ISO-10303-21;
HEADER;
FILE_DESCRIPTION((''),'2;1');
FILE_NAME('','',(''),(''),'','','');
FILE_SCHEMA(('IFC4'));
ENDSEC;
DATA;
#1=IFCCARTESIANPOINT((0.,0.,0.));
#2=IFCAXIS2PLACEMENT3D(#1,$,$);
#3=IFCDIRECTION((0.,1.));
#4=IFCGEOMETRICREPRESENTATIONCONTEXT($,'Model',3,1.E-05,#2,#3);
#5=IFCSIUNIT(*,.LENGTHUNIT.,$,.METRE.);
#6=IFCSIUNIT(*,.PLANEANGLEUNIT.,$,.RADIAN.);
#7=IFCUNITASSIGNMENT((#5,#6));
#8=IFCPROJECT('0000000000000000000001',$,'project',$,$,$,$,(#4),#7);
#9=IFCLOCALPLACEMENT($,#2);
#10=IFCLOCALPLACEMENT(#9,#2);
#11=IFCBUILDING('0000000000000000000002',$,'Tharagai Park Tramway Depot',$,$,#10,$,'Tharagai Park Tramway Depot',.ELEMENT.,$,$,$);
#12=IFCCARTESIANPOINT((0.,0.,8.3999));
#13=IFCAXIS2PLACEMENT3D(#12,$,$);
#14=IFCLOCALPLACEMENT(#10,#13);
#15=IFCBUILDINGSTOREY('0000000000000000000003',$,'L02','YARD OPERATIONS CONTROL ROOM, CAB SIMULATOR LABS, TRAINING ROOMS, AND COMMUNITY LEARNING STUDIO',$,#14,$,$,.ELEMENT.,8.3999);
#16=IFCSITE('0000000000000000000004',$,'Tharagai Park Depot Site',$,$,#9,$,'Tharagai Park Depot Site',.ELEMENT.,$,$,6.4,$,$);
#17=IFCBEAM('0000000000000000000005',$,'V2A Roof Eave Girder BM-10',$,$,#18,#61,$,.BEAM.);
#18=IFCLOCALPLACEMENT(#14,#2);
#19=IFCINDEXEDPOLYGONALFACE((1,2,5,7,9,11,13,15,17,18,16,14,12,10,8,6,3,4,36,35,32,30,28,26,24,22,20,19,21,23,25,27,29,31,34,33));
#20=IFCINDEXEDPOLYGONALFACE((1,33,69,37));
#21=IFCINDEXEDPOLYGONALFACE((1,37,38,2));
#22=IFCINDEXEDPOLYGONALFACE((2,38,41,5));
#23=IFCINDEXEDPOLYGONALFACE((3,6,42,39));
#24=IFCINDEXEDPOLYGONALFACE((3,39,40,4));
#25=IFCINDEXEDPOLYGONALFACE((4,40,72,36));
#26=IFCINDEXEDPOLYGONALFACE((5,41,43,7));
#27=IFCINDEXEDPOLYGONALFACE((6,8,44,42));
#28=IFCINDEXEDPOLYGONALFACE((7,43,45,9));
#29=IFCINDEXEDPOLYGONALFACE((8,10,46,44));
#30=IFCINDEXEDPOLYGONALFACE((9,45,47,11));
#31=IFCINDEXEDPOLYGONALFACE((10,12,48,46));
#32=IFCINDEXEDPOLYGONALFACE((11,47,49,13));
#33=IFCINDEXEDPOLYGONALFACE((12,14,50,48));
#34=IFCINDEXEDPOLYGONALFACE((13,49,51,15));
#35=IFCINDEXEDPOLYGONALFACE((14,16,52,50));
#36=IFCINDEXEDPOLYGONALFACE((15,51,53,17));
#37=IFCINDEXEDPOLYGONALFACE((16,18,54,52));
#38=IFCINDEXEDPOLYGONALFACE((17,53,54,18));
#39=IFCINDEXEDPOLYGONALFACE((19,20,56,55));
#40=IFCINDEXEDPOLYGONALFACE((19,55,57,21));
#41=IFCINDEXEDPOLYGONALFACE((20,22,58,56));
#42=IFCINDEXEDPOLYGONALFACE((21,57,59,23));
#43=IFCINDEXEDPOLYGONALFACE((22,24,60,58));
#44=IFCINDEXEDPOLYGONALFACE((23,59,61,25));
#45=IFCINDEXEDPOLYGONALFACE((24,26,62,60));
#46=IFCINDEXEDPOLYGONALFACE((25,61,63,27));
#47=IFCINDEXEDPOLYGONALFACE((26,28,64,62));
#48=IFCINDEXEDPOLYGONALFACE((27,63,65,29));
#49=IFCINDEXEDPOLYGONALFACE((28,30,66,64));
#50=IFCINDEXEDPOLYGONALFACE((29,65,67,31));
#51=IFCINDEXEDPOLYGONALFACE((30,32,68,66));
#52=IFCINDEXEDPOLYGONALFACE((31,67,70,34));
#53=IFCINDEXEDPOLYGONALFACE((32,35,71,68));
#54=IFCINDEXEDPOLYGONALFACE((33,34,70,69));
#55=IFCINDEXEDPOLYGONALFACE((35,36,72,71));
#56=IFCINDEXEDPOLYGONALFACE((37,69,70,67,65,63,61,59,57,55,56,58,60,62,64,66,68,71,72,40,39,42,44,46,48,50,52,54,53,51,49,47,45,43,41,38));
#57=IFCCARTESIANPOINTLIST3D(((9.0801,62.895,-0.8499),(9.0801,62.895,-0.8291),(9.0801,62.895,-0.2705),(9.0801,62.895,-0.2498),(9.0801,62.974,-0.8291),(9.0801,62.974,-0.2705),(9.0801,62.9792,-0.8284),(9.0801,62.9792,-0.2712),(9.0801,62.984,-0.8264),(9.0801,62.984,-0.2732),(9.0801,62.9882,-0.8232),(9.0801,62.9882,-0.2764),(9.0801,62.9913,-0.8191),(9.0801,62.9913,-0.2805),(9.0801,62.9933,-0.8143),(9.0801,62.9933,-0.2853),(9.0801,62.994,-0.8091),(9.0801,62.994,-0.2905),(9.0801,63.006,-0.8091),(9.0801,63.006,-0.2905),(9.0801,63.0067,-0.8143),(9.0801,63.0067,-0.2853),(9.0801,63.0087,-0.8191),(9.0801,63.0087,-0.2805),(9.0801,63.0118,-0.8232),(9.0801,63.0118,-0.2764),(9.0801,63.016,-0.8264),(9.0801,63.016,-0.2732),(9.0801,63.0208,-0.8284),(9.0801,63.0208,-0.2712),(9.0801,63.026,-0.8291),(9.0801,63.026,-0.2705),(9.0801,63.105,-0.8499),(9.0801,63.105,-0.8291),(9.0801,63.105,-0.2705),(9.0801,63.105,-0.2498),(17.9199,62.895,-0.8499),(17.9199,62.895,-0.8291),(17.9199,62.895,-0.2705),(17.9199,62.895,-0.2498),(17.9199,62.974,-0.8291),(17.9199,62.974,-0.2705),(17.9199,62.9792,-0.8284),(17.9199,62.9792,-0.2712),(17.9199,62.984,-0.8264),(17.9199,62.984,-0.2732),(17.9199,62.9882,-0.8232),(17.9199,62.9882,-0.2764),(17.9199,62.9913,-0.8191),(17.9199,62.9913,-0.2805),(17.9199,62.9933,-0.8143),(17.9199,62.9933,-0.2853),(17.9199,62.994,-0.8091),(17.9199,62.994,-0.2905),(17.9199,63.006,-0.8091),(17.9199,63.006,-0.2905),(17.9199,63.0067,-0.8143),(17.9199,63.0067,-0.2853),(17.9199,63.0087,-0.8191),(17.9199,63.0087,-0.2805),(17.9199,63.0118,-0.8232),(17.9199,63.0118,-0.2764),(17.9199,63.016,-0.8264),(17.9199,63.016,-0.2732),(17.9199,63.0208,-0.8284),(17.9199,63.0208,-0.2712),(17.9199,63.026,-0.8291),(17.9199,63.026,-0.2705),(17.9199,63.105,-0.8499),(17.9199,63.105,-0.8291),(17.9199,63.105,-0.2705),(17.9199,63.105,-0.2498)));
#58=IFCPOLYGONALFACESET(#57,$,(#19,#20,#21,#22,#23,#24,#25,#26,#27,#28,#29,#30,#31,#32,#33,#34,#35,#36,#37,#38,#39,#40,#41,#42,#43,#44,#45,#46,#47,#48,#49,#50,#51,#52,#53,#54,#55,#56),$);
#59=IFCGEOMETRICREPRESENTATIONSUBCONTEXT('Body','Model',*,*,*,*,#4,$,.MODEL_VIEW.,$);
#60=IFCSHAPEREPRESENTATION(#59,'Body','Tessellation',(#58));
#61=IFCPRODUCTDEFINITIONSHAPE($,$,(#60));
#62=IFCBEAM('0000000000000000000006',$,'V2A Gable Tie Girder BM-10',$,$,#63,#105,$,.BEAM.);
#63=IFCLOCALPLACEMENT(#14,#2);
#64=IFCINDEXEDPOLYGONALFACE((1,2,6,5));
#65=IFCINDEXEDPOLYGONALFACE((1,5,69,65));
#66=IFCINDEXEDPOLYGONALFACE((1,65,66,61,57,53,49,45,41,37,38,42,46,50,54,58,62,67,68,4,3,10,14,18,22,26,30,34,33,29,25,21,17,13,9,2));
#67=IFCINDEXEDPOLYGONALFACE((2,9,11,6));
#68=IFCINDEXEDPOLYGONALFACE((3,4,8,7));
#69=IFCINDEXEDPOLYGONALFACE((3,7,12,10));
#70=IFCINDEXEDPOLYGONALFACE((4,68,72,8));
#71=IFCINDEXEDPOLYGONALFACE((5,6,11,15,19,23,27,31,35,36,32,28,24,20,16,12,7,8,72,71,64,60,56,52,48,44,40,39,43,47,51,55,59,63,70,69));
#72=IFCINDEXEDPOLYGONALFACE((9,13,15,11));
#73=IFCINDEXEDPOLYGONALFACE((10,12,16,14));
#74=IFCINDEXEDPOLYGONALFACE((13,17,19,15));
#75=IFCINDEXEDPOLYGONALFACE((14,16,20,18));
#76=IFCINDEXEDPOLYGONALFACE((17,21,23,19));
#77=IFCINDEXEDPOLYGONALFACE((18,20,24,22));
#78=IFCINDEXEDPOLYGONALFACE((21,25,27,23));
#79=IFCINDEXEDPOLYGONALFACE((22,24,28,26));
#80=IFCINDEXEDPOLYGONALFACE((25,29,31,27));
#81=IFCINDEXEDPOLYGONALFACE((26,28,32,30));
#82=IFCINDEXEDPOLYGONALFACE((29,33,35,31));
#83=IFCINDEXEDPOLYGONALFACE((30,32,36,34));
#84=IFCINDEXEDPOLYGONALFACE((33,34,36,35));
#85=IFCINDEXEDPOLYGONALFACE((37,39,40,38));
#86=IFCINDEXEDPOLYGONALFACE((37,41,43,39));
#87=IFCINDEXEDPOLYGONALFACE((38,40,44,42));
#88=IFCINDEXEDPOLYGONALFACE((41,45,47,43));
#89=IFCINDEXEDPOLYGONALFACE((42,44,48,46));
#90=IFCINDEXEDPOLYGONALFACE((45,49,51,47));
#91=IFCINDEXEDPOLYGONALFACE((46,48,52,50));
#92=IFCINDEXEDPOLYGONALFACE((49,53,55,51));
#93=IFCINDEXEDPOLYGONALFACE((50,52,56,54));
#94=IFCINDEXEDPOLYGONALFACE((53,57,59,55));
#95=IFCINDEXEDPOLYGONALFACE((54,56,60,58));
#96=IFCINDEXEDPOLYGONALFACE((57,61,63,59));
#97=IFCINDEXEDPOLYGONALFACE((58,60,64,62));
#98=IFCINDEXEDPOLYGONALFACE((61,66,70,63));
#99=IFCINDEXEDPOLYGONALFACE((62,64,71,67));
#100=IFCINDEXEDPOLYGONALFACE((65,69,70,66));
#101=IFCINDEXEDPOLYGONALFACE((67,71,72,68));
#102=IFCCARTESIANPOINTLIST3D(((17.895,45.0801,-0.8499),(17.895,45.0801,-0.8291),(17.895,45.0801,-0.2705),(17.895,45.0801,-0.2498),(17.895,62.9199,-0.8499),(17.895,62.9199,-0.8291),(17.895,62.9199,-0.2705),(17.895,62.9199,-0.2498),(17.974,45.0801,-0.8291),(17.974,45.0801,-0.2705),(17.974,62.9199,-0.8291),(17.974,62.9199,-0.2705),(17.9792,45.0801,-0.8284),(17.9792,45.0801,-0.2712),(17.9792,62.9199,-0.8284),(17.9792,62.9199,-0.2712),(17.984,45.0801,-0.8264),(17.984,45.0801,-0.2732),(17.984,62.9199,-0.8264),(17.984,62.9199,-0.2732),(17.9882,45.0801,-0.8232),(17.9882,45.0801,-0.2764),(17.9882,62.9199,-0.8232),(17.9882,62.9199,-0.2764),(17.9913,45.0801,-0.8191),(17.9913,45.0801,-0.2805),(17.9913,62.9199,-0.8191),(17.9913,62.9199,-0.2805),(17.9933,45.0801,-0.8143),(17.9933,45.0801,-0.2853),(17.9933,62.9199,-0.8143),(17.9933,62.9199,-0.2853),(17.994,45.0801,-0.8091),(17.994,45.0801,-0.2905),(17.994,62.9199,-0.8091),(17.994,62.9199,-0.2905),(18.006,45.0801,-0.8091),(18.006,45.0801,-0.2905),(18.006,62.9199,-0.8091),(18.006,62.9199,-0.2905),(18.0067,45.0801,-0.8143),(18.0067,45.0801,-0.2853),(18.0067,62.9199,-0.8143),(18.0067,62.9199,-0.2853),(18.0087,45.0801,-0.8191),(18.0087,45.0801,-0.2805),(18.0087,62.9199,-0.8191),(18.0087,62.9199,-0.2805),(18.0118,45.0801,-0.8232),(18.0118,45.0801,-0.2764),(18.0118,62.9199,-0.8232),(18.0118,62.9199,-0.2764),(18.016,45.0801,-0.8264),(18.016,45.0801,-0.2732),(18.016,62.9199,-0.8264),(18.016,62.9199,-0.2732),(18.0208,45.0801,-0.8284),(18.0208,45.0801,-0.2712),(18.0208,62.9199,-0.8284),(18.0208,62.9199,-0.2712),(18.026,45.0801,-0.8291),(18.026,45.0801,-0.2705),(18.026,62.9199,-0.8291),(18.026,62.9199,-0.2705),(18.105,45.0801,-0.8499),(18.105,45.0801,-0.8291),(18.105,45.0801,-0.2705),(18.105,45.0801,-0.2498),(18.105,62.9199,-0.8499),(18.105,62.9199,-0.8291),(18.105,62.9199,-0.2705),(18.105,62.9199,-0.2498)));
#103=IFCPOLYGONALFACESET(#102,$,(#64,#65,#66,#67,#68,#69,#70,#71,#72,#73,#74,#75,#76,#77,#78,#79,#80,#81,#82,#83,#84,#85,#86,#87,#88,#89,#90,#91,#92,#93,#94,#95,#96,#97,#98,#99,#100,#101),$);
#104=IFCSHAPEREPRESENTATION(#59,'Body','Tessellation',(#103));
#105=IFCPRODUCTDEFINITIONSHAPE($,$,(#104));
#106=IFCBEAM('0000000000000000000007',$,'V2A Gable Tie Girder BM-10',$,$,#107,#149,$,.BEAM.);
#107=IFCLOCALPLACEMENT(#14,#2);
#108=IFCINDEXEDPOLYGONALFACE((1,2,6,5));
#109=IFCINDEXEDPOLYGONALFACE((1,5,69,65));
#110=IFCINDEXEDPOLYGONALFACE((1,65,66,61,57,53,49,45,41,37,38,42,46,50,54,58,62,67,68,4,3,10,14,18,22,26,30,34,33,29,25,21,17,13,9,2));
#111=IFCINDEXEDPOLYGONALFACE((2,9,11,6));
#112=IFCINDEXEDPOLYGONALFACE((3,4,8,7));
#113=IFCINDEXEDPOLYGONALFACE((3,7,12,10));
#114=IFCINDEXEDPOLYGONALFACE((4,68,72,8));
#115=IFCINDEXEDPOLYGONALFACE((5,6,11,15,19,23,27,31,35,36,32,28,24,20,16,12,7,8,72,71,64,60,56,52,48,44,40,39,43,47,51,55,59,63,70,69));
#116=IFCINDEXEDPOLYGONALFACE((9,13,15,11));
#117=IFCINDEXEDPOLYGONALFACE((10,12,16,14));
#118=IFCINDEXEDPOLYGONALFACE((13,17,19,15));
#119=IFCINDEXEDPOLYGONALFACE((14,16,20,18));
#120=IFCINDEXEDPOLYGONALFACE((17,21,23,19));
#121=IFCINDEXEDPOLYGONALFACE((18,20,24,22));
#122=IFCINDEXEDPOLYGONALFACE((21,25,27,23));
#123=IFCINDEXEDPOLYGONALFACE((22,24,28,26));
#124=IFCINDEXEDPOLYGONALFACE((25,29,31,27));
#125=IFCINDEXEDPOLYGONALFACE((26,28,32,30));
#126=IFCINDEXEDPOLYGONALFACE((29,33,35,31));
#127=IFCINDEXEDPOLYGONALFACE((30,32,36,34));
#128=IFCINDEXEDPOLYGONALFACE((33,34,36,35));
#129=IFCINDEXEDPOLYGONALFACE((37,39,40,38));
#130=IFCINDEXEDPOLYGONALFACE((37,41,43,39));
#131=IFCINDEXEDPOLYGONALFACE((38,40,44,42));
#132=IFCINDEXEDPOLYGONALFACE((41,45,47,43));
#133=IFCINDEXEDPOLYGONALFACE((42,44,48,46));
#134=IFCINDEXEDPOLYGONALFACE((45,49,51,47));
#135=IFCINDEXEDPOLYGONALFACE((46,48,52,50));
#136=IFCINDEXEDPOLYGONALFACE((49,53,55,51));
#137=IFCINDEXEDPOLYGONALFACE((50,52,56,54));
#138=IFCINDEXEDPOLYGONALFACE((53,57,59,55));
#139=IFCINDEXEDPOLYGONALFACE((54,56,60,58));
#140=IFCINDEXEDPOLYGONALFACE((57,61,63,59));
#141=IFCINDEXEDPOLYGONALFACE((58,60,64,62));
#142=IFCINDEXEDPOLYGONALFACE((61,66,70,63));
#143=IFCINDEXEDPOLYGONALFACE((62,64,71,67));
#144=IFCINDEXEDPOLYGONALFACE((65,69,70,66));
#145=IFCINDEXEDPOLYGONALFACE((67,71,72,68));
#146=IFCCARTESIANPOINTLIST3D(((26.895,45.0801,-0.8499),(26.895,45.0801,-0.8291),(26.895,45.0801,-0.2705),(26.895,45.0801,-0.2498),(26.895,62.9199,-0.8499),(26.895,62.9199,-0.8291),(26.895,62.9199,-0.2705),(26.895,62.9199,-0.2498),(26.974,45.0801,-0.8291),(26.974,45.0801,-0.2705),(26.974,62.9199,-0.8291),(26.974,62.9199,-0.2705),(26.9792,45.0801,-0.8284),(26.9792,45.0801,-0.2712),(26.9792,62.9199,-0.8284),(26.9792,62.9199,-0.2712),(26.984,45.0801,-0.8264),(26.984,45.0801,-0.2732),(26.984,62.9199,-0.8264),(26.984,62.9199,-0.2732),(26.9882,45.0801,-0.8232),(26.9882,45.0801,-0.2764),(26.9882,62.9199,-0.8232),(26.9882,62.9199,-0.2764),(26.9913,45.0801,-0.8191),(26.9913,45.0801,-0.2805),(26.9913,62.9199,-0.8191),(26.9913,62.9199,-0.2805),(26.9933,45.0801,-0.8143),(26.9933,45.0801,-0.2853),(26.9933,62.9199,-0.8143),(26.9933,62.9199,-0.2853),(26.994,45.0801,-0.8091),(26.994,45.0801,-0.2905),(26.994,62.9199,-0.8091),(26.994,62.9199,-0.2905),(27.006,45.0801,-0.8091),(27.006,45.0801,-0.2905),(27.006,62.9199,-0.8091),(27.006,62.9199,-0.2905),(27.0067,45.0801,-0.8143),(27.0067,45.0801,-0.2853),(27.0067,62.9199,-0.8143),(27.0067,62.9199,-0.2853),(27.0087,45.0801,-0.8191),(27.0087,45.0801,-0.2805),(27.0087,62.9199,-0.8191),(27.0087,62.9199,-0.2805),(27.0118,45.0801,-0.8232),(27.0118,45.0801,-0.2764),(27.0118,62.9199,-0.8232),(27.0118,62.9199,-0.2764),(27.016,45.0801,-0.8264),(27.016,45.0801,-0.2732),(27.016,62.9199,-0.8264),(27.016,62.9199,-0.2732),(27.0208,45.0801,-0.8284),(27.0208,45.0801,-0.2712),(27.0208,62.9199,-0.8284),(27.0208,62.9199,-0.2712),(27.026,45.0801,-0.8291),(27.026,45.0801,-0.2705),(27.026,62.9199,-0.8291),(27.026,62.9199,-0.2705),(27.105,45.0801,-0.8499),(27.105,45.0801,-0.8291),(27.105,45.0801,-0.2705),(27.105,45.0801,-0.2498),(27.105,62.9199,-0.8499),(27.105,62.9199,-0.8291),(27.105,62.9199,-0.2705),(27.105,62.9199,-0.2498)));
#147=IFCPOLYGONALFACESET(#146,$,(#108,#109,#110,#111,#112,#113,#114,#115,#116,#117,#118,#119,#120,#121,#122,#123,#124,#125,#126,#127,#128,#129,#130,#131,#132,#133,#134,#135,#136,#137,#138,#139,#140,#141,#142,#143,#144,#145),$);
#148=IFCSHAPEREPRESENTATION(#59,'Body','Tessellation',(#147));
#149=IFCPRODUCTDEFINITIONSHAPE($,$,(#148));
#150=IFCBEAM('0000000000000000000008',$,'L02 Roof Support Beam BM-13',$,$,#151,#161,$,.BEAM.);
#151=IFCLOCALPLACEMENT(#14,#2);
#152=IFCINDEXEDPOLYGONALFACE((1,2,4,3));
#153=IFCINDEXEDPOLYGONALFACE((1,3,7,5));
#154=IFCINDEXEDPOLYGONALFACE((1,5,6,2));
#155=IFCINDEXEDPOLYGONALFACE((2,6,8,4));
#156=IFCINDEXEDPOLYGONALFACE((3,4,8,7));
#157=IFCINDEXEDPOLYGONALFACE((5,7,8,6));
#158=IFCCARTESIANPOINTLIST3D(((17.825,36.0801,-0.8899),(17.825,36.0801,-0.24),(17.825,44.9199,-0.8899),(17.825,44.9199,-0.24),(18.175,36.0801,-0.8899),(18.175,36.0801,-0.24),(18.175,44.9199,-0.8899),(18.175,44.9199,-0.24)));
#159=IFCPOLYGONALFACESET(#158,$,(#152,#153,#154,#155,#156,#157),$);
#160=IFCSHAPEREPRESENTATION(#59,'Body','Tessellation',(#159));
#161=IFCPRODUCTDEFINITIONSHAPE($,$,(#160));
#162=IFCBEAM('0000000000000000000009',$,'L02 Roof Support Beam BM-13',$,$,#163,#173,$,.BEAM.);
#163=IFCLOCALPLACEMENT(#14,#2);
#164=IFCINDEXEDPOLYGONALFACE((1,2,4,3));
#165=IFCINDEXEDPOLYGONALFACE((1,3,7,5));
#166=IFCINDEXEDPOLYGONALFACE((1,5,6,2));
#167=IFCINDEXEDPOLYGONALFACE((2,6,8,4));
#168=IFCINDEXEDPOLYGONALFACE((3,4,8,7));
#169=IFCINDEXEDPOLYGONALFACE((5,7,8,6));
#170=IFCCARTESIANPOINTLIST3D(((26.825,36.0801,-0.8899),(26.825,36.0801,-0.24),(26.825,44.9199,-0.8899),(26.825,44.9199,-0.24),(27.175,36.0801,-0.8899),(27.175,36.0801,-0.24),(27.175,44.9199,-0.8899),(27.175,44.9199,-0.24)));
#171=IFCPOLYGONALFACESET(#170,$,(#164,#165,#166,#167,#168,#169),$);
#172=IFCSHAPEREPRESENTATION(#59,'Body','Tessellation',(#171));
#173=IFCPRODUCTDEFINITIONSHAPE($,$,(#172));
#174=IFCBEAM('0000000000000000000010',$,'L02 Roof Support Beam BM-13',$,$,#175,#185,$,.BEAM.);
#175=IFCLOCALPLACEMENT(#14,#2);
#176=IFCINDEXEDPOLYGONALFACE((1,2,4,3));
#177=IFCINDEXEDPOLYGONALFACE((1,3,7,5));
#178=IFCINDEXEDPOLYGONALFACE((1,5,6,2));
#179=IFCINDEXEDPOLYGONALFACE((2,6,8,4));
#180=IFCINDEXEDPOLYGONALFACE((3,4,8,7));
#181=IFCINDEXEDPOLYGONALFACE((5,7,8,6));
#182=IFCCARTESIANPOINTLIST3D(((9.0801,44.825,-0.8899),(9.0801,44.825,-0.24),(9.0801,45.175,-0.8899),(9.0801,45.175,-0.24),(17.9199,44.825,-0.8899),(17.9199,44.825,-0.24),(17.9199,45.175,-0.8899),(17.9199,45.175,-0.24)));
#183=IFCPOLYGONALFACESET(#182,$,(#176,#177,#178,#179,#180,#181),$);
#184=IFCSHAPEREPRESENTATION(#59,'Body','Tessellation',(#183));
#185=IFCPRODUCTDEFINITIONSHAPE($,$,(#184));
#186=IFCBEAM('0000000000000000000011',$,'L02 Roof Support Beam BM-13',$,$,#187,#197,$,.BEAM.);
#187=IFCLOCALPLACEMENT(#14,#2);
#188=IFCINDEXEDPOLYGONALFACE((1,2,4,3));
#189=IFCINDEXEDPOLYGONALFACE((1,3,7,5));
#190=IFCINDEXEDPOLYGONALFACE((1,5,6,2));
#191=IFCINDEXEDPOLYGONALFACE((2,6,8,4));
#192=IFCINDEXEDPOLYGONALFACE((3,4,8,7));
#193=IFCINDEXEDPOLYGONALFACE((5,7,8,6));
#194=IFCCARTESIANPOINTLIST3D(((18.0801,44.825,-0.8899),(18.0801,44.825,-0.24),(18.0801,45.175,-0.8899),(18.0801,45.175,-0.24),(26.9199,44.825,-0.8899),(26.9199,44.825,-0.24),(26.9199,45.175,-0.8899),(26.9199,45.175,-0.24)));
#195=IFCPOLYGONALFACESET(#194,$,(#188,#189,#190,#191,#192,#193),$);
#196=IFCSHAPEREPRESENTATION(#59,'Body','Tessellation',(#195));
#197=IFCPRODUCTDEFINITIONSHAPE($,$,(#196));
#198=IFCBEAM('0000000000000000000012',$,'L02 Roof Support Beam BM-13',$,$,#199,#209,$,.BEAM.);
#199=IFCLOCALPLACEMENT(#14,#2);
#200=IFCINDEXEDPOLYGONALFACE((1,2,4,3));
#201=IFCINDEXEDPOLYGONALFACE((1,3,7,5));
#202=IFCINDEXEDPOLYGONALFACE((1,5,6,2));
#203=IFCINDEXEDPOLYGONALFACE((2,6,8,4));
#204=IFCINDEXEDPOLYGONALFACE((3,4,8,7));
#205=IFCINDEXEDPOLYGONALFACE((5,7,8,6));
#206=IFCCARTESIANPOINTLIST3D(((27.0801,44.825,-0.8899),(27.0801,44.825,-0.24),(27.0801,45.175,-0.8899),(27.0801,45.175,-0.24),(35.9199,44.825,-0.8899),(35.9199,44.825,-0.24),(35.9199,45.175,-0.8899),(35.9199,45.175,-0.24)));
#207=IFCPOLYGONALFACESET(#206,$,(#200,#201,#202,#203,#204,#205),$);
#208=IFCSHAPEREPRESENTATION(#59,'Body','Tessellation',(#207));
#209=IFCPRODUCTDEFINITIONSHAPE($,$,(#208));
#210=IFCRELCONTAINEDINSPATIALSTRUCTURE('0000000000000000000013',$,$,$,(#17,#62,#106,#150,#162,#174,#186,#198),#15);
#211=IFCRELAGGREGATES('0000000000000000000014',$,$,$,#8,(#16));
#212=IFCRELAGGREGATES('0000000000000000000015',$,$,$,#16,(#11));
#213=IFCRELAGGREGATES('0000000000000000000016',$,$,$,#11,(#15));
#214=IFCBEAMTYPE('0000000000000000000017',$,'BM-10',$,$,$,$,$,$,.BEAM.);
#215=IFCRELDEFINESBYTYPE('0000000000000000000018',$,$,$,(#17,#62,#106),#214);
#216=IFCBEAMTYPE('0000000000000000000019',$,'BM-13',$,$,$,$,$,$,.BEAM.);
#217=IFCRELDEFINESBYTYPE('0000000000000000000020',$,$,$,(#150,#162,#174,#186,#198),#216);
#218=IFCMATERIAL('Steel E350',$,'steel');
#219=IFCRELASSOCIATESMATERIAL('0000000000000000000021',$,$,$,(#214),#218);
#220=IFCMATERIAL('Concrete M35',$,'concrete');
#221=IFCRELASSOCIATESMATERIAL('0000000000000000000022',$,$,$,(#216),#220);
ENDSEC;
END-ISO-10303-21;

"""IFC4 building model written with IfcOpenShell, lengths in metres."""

from ifc_helpers import new_model, si_unit, direction, frame, origin, origin_2d, place, context, subcontext, project, spatial, rectangle, i_section, extrude, material, material_profile, profile_set, type_object, element, save


model = new_model("IFC4")

# Units and contexts
model_context = context("Model", 3, precision=1e-05, world=origin(), true_north=direction((0.0, 1.0)))
body_context = subcontext(model_context, "Body", "Model", "MODEL_VIEW")
ifc_project = project(units=[si_unit("LENGTHUNIT", "METRE"), si_unit("PLANEANGLEUNIT", "RADIAN")], contexts=[model_context])

# Site, building, storey
site_placement = place(None, origin())
site = spatial("IfcSite", under=ifc_project, at=site_placement, Name="Tharagai Park Depot Site", LongName="Tharagai Park Depot Site", CompositionType="ELEMENT", RefElevation=6.4)
building_placement = place(site_placement, origin())
building = spatial("IfcBuilding", under=site, at=building_placement, Name="Tharagai Park Tramway Depot", LongName="Tharagai Park Tramway Depot", CompositionType="ELEMENT")
storey_placement = place(building_placement, frame((0.0, 0.0, 8.3999)))
storey = spatial("IfcBuildingStorey", under=building, at=storey_placement, Name="L02", Description="YARD OPERATIONS CONTROL ROOM, CAB SIMULATOR LABS, TRAINING ROOMS, AND COMMUNITY LEARNING STUDIO", CompositionType="ELEMENT", Elevation=8.3999)

# Beams
ifc_material_1 = material(Name="Steel E350", Category="steel")
ifc_material_profile_1 = material_profile(ifc_material_1, i_section(OverallWidth=0.21, OverallDepth=0.6001, WebThickness=0.012, FlangeThickness=0.0208, FilletRadius=0.02, at=origin_2d()), Name="ISMB 600")
ifc_profile_set_1 = profile_set([ifc_material_profile_1], Name="Steel E350")
beam_type_1 = type_object("IfcBeamType", Name="BM-10", PredefinedType="BEAM", material=ifc_profile_set_1)
beam_placement = place(storey_placement, frame((9.0801, 63.0, -0.5498), z_axis=(1.0, 0.0, 0.0), x_axis=(0.0, 1.0, 0.0)))
element("IfcBeam", 1, at=beam_placement, inside=storey, type_object=beam_type_1, Name="V2A Roof Eave Girder BM-10", PredefinedType="BEAM", context=body_context, shape_type="SweptSolid", body=[
    extrude(i_section(OverallWidth=0.21, OverallDepth=0.6001, WebThickness=0.012, FlangeThickness=0.0208, FilletRadius=0.02, at=origin_2d()), origin(), (0.0, 0.0, 1.0), 8.8398),
])
for number, where, z_axis, x_axis, name in (
    (2, (18.0, 45.0801, -0.5498), (0.0, 1.0, 0.0), (-1.0, 0.0, 0.0), "V2A Gable Tie Girder BM-10"),
    (3, (27.0, 45.0801, -0.5498), (0.0, 1.0, 0.0), (-1.0, 0.0, 0.0), "V2A Gable Tie Girder BM-10"),
):
    element("IfcBeam", number, at=place(storey_placement, frame(where, z_axis=z_axis, x_axis=x_axis)), inside=storey, type_object=beam_type_1, Name=name, PredefinedType="BEAM", context=body_context, shape_type="SweptSolid", body=[
        extrude(i_section(OverallWidth=0.21, OverallDepth=0.6001, WebThickness=0.012, FlangeThickness=0.0208, FilletRadius=0.02, at=origin_2d()), origin(), (0.0, 0.0, 1.0), 17.8398),
    ])
ifc_material_2 = material(Name="Concrete M35", Category="concrete")
ifc_material_profile_2 = material_profile(ifc_material_2, rectangle(XDim=0.3501, YDim=0.6499, at=origin_2d()), Name="RC 350x650")
ifc_profile_set_2 = profile_set([ifc_material_profile_2], Name="Concrete M35")
beam_type_2 = type_object("IfcBeamType", Name="BM-13", PredefinedType="BEAM", material=ifc_profile_set_2)
for number, where, z_axis, x_axis, name in (
    (4, (18.0, 36.0801, -0.5649), (0.0, 1.0, 0.0), (-1.0, 0.0, 0.0), "L02 Roof Support Beam BM-13"),
    (5, (27.0, 36.0801, -0.5649), (0.0, 1.0, 0.0), (-1.0, 0.0, 0.0), "L02 Roof Support Beam BM-13"),
    (6, (9.0801, 45.0, -0.5649), (1.0, 0.0, 0.0), (0.0, 1.0, 0.0), "L02 Roof Support Beam BM-13"),
    (7, (18.0801, 45.0, -0.5649), (1.0, 0.0, 0.0), (0.0, 1.0, 0.0), "L02 Roof Support Beam BM-13"),
    (8, (27.0801, 45.0, -0.5649), (1.0, 0.0, 0.0), (0.0, 1.0, 0.0), "L02 Roof Support Beam BM-13"),
):
    element("IfcBeam", number, at=place(storey_placement, frame(where, z_axis=z_axis, x_axis=x_axis)), inside=storey, type_object=beam_type_2, Name=name, PredefinedType="BEAM", context=body_context, shape_type="SweptSolid", body=[
        extrude(rectangle(XDim=0.3501, YDim=0.6499, at=origin_2d()), origin(), (0.0, 0.0, 1.0), 8.8398),
    ])

save(model, "model.ifc")
